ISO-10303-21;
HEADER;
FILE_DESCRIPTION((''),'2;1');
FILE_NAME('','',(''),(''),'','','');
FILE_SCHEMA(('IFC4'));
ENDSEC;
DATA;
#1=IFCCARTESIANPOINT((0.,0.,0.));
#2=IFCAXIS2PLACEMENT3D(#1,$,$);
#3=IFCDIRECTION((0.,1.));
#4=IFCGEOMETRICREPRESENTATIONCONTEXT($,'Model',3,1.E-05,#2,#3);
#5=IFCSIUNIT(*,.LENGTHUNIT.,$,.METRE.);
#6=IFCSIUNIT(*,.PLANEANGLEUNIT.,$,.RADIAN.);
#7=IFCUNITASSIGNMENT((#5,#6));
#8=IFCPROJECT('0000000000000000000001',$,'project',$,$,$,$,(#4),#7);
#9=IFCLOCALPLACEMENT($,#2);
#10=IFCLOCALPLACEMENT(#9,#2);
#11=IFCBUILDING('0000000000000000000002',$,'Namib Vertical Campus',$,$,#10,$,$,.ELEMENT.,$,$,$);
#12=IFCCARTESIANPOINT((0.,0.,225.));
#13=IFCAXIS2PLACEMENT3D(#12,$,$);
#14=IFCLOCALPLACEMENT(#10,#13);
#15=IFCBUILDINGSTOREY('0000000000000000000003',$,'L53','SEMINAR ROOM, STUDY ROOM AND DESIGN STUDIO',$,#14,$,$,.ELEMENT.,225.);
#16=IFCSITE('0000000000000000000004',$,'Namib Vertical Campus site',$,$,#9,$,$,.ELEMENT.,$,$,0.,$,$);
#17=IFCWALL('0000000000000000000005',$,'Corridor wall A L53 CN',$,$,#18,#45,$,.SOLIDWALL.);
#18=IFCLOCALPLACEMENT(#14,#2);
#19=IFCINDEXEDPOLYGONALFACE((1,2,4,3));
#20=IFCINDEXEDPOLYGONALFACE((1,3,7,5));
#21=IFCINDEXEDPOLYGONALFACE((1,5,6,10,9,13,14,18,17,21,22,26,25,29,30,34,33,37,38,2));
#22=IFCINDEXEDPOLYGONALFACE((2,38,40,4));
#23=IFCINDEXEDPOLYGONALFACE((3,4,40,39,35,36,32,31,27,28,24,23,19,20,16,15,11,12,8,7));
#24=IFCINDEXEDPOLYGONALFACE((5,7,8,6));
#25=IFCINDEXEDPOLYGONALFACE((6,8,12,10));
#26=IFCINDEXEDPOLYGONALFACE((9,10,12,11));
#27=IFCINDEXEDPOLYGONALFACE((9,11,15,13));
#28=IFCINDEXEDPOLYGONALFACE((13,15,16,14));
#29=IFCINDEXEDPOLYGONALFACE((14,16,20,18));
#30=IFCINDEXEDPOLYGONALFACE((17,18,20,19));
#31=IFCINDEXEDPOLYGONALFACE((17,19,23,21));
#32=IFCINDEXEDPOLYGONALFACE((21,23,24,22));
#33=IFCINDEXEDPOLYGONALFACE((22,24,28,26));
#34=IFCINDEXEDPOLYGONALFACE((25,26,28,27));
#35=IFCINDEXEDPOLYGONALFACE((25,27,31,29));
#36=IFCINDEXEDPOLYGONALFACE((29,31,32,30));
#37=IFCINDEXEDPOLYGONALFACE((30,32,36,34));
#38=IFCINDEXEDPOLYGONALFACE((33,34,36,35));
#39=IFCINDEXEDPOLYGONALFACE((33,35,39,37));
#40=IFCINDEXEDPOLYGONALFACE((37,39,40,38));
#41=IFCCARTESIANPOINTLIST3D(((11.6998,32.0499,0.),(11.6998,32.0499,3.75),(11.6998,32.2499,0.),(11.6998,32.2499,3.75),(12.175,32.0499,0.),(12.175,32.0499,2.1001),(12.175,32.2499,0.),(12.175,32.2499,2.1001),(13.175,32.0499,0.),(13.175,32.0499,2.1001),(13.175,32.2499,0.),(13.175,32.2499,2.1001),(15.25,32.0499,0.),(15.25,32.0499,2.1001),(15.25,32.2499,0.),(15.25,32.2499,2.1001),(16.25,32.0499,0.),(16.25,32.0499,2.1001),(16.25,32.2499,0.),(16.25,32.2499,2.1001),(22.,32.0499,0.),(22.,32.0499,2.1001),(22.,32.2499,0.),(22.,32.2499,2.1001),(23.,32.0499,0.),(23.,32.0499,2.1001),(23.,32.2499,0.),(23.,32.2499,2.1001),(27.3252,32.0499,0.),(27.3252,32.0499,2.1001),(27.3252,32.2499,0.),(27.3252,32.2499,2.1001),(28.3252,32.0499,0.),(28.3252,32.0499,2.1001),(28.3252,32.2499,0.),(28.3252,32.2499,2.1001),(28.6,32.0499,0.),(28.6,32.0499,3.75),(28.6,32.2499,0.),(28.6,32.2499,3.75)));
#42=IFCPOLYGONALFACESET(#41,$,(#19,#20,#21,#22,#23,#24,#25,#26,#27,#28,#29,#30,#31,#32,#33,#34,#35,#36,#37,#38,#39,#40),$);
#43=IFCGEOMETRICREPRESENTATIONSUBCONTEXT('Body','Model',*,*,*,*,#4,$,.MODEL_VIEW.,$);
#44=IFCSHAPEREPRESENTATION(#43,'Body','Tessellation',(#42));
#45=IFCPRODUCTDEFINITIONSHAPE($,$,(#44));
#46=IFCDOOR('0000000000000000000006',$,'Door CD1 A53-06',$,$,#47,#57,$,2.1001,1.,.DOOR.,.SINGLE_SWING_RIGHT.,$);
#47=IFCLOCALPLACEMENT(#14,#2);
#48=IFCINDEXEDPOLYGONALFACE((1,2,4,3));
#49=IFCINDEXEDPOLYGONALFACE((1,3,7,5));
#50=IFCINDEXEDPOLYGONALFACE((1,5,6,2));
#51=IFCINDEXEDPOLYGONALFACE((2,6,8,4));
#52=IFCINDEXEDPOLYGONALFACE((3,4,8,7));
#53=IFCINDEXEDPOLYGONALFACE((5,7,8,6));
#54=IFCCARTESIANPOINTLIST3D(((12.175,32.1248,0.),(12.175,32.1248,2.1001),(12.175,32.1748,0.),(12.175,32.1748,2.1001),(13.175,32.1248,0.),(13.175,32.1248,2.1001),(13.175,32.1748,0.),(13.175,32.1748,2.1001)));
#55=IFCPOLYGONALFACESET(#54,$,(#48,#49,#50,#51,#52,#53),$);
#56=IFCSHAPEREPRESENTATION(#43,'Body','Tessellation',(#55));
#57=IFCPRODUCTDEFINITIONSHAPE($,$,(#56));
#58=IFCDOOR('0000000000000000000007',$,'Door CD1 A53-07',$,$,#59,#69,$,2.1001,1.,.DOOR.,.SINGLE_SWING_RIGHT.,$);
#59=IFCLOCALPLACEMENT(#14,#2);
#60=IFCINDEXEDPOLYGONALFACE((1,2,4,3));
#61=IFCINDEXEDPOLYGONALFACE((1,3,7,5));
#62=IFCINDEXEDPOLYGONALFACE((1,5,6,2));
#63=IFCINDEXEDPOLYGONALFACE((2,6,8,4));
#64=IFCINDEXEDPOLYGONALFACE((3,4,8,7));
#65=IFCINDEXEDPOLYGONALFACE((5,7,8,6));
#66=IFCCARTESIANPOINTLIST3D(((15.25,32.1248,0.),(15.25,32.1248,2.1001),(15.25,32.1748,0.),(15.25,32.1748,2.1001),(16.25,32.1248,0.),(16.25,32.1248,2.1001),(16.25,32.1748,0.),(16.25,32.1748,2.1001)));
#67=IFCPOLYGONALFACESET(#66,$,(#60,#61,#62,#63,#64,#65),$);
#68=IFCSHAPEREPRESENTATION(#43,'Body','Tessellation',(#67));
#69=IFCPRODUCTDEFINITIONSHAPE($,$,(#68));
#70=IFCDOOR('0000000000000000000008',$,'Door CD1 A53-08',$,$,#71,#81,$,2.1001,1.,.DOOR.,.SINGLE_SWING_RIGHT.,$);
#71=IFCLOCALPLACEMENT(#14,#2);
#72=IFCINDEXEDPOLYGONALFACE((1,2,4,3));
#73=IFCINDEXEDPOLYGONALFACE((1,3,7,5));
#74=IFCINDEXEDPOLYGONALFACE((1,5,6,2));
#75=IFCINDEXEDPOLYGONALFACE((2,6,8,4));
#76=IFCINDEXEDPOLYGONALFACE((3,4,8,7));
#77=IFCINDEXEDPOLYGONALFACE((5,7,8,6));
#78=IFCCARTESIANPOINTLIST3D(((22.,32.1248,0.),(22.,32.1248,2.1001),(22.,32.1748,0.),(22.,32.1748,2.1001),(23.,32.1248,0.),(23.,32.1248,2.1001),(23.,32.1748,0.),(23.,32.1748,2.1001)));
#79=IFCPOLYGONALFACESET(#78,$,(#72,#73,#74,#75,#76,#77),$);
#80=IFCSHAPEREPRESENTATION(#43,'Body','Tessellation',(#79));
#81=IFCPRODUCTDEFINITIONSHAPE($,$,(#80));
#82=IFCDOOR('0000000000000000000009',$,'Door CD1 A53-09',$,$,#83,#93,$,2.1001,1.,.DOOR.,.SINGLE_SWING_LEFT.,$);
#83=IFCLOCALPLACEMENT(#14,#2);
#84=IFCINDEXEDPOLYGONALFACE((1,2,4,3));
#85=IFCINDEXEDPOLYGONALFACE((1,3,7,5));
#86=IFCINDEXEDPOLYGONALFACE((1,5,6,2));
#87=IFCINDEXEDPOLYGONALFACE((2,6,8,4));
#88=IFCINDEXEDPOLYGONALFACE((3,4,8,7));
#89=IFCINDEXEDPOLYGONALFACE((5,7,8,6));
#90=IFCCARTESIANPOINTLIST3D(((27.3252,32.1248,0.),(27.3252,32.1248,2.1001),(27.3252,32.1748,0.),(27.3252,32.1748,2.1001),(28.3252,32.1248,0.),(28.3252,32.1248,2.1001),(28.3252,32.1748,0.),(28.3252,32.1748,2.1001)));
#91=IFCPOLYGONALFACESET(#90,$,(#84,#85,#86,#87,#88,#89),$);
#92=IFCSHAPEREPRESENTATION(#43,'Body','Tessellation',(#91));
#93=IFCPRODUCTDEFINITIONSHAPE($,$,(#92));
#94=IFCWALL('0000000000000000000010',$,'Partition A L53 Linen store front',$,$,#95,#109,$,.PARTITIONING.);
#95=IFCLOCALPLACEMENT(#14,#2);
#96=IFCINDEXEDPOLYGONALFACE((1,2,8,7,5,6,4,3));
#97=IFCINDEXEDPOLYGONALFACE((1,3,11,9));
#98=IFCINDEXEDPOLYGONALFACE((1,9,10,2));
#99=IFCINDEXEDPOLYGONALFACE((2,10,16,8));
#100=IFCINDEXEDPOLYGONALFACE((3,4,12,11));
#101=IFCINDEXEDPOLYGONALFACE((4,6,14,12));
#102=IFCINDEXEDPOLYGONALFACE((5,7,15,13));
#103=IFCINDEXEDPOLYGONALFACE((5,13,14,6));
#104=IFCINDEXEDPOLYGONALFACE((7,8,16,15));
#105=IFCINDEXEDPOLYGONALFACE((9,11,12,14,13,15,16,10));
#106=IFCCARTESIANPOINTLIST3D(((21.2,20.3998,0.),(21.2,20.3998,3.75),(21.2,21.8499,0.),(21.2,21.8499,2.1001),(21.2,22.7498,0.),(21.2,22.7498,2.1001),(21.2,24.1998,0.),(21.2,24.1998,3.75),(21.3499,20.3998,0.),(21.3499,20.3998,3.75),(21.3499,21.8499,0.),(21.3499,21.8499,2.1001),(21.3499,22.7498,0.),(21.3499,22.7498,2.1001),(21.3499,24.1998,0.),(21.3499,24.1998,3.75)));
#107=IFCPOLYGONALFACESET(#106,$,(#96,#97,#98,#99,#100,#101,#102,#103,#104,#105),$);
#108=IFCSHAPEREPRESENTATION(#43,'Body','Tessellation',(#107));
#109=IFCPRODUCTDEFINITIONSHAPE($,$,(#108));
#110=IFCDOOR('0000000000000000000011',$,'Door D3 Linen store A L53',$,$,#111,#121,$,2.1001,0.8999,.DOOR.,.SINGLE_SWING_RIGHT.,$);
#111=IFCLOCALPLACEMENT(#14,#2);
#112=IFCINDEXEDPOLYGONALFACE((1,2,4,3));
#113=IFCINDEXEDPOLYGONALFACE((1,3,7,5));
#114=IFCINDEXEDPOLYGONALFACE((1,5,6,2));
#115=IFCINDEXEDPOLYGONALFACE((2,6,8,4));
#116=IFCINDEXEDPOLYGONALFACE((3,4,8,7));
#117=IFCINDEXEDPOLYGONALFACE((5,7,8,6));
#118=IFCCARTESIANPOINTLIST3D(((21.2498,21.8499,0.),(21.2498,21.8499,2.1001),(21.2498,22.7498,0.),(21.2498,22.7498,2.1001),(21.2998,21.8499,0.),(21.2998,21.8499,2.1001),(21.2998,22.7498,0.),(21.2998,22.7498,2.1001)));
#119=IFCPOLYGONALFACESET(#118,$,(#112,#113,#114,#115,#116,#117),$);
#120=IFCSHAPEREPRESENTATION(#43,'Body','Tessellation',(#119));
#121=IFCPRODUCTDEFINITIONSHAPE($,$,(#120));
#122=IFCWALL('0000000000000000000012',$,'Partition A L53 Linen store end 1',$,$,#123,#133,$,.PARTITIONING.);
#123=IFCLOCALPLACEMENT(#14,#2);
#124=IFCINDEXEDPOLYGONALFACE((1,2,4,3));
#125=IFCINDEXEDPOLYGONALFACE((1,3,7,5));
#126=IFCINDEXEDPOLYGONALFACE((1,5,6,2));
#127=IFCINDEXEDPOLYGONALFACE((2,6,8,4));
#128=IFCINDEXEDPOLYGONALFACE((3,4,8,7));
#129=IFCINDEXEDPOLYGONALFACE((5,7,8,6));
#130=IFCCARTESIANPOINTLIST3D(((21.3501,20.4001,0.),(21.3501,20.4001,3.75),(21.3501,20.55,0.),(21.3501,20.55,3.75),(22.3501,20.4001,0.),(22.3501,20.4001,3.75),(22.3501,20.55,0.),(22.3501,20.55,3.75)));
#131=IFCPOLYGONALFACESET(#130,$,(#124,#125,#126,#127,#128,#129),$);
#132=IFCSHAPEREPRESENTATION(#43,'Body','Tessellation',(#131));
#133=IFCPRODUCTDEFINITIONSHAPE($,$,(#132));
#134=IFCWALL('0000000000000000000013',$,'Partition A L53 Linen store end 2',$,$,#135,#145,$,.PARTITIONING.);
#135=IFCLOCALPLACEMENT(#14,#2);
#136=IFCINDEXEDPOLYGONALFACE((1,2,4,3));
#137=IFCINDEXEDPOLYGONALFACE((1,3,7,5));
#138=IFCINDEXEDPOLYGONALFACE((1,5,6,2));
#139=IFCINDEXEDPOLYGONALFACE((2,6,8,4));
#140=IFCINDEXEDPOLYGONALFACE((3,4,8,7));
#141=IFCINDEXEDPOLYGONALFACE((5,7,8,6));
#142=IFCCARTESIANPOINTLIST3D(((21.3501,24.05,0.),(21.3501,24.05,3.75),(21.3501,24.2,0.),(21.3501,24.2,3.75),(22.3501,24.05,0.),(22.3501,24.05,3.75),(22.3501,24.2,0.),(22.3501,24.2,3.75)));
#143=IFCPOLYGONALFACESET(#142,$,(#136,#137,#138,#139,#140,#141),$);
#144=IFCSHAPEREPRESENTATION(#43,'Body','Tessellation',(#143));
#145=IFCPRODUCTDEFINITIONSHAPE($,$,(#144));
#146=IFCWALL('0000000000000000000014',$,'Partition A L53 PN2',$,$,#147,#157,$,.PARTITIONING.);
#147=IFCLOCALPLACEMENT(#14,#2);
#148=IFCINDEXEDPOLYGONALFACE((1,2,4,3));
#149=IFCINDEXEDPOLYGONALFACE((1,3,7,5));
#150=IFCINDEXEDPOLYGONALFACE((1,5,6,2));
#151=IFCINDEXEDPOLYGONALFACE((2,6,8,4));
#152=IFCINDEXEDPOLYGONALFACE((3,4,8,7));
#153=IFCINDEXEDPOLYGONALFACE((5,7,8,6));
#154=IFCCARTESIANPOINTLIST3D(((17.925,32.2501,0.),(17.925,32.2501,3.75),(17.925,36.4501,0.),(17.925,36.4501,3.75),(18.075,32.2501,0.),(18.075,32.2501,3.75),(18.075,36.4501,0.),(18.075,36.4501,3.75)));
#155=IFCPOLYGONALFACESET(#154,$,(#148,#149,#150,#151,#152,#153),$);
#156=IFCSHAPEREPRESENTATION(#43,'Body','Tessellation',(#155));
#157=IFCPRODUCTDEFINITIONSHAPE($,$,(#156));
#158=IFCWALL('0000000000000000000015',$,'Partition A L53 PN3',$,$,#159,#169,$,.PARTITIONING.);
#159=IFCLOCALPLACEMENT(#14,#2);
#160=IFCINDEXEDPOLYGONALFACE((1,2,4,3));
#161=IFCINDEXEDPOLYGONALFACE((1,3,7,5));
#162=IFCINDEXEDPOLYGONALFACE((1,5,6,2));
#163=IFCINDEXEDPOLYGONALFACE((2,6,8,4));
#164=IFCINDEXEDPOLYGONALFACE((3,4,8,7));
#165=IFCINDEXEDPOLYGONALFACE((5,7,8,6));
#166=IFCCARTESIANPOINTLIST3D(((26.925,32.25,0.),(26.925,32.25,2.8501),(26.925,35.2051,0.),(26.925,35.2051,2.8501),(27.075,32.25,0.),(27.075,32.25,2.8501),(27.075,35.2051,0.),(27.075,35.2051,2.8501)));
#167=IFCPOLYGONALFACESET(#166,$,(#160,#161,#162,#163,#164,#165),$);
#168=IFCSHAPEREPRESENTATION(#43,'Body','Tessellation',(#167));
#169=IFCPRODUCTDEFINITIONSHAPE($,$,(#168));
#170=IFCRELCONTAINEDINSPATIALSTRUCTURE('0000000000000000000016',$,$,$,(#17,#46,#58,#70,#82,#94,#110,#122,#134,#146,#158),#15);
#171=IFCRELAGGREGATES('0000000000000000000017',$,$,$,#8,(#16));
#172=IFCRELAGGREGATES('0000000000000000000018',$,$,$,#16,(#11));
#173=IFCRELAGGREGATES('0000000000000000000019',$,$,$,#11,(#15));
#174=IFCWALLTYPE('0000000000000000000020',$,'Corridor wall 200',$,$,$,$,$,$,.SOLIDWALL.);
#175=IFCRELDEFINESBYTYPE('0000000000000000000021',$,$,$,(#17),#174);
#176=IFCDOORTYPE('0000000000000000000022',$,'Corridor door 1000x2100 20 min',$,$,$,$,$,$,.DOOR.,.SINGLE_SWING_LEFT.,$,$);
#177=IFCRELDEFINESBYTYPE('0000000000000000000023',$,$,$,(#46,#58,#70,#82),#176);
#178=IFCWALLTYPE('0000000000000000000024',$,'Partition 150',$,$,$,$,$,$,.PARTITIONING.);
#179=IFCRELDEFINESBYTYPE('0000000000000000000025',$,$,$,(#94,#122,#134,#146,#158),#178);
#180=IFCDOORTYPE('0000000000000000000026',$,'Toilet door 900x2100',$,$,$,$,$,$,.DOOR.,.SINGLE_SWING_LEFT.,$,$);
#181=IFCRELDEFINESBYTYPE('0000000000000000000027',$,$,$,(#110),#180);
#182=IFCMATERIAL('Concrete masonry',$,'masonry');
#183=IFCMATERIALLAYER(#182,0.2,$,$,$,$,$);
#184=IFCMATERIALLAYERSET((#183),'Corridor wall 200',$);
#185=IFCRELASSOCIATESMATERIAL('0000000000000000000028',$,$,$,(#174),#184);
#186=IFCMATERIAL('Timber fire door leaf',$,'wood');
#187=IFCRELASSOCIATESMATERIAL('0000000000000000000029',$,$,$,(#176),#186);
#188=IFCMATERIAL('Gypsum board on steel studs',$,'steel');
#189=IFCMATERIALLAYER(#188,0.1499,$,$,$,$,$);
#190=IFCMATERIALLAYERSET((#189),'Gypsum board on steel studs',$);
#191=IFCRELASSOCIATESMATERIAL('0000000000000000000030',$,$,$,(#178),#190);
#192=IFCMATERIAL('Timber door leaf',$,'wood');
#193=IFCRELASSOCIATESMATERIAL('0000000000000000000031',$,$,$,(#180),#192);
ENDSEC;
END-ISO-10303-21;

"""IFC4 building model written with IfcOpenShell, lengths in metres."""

from ifc_helpers import new_model, si_unit, direction, frame, frame_2d, origin, place, context, subcontext, project, spatial, rectangle, extrude, material, layer, layer_set, type_object, element, fill, save


model = new_model("IFC4")

# Units and contexts
model_context = context("Model", 3, precision=1e-05, world=origin(), true_north=direction((0.0, 1.0)))
body_context = subcontext(model_context, "Body", "Model", "MODEL_VIEW")
ifc_project = project(units=[si_unit("LENGTHUNIT", "METRE"), si_unit("PLANEANGLEUNIT", "RADIAN")], contexts=[model_context])

# Site, building, storey
site_placement = place(None, origin())
site = spatial("IfcSite", under=ifc_project, at=site_placement, Name="Namib Vertical Campus site", CompositionType="ELEMENT", RefElevation=0.0)
building_placement = place(site_placement, origin())
building = spatial("IfcBuilding", under=site, at=building_placement, Name="Namib Vertical Campus", CompositionType="ELEMENT")
storey_placement = place(building_placement, frame((0.0, 0.0, 225.0)))
storey = spatial("IfcBuildingStorey", under=building, at=storey_placement, Name="L53", Description="SEMINAR ROOM, STUDY ROOM AND DESIGN STUDIO", CompositionType="ELEMENT", Elevation=225.0)

# Wall, openings, doors
ifc_material_1 = material(Name="Concrete masonry", Category="masonry")
ifc_layer_1 = layer(ifc_material_1, 0.2)
ifc_layer_set_1 = layer_set([ifc_layer_1], Name="Corridor wall 200")
wall_type_1 = type_object("IfcWallType", Name="Corridor wall 200", PredefinedType="SOLIDWALL", material=ifc_layer_set_1)
wall_1_placement = place(storey_placement, frame((28.6001, 32.1499, 0.0), z_axis=(0.0, 0.0, 1.0), x_axis=(-1.0, 0.0, 0.0)))
wall_1 = element("IfcWall", 1, at=wall_1_placement, inside=storey, type_object=wall_type_1, Name="Corridor wall A L53 CN", PredefinedType="SOLIDWALL", context=body_context, shape_type="SweptSolid", body=[
    extrude(rectangle(XDim=16.9001, YDim=0.2, at=frame_2d((8.4502, 0.0))), origin(), (0.0, 0.0, 1.0), 3.75),
])
opening_1_placement = place(wall_1_placement, frame((15.425, 0.0, 0.0)))
opening_1 = element("IfcOpeningElement", 2, at=opening_1_placement, cuts=wall_1, PredefinedType="OPENING", context=body_context, shape_type="SweptSolid", body=[
    extrude(rectangle(XDim=1.0, YDim=2.1001, at=frame_2d((0.5, 1.05))), frame((0.0, 0.1099, 0.0), z_axis=(0.0, -1.0, 0.0), x_axis=(1.0, 0.0, 0.0)), (0.0, 0.0, 1.0), 0.22),
])
opening_2_placement = place(wall_1_placement, frame((12.3501, 0.0, 0.0)))
opening_2 = element("IfcOpeningElement", 3, at=opening_2_placement, cuts=wall_1, PredefinedType="OPENING", context=body_context, shape_type="SweptSolid", body=[
    extrude(rectangle(XDim=1.0, YDim=2.1001, at=frame_2d((0.5, 1.05))), frame((0.0, 0.1099, 0.0), z_axis=(0.0, -1.0, 0.0), x_axis=(1.0, 0.0, 0.0)), (0.0, 0.0, 1.0), 0.22),
])
opening_3_placement = place(wall_1_placement, frame((5.6001, 0.0, 0.0)))
opening_3 = element("IfcOpeningElement", 4, at=opening_3_placement, cuts=wall_1, PredefinedType="OPENING", context=body_context, shape_type="SweptSolid", body=[
    extrude(rectangle(XDim=1.0, YDim=2.1001, at=frame_2d((0.5, 1.05))), frame((0.0, 0.1099, 0.0), z_axis=(0.0, -1.0, 0.0), x_axis=(1.0, 0.0, 0.0)), (0.0, 0.0, 1.0), 0.22),
])
opening_4_placement = place(wall_1_placement, frame((0.2749, 0.0, 0.0)))
opening_4 = element("IfcOpeningElement", 5, at=opening_4_placement, cuts=wall_1, PredefinedType="OPENING", context=body_context, shape_type="SweptSolid", body=[
    extrude(rectangle(XDim=1.0, YDim=2.1001, at=frame_2d((0.5, 1.05))), frame((0.0, 0.1099, 0.0), z_axis=(0.0, -1.0, 0.0), x_axis=(1.0, 0.0, 0.0)), (0.0, 0.0, 1.0), 0.22),
])
ifc_material_2 = material(Name="Timber fire door leaf", Category="wood")
door_type_1 = type_object("IfcDoorType", Name="Corridor door 1000x2100 20 min", OperationType="SINGLE_SWING_LEFT", PredefinedType="DOOR", material=ifc_material_2)
door_1_placement = place(opening_1_placement, frame((1.0, 0.0, 0.0), z_axis=(0.0, 0.0, 1.0), x_axis=(-1.0, 0.0, 0.0)))
door_1 = element("IfcDoor", 6, at=door_1_placement, inside=storey, type_object=door_type_1, Name="Door CD1 A53-06", OperationType="SINGLE_SWING_RIGHT", OverallHeight=2.1001, OverallWidth=1.0, PredefinedType="DOOR", context=body_context, shape_type="SweptSolid", body=[
    extrude(rectangle(XDim=1.0, YDim=2.1001, at=frame_2d((0.5, 1.05))), frame((0.0, 0.0249, 0.0), z_axis=(0.0, -1.0, 0.0), x_axis=(1.0, 0.0, 0.0)), (0.0, 0.0, 1.0), 0.05),
])
fill(opening_1, door_1)
door_2_placement = place(opening_2_placement, frame((1.0, 0.0, 0.0), z_axis=(0.0, 0.0, 1.0), x_axis=(-1.0, 0.0, 0.0)))
door_2 = element("IfcDoor", 7, at=door_2_placement, inside=storey, type_object=door_type_1, Name="Door CD1 A53-07", OperationType="SINGLE_SWING_RIGHT", OverallHeight=2.1001, OverallWidth=1.0, PredefinedType="DOOR", context=body_context, shape_type="SweptSolid", body=[
    extrude(rectangle(XDim=1.0, YDim=2.1001, at=frame_2d((0.5, 1.05))), frame((0.0, 0.0249, 0.0), z_axis=(0.0, -1.0, 0.0), x_axis=(1.0, 0.0, 0.0)), (0.0, 0.0, 1.0), 0.05),
])
fill(opening_2, door_2)
door_3_placement = place(opening_3_placement, frame((1.0, 0.0, 0.0), z_axis=(0.0, 0.0, 1.0), x_axis=(-1.0, 0.0, 0.0)))
door_3 = element("IfcDoor", 8, at=door_3_placement, inside=storey, type_object=door_type_1, Name="Door CD1 A53-08", OperationType="SINGLE_SWING_RIGHT", OverallHeight=2.1001, OverallWidth=1.0, PredefinedType="DOOR", context=body_context, shape_type="SweptSolid", body=[
    extrude(rectangle(XDim=1.0, YDim=2.1001, at=frame_2d((0.5, 1.05))), frame((0.0, 0.0249, 0.0), z_axis=(0.0, -1.0, 0.0), x_axis=(1.0, 0.0, 0.0)), (0.0, 0.0, 1.0), 0.05),
])
fill(opening_3, door_3)
door_4_placement = place(opening_4_placement, frame((1.0, 0.0, 0.0), z_axis=(0.0, 0.0, 1.0), x_axis=(-1.0, 0.0, 0.0)))
door_4 = element("IfcDoor", 9, at=door_4_placement, inside=storey, type_object=door_type_1, Name="Door CD1 A53-09", OperationType="SINGLE_SWING_LEFT", OverallHeight=2.1001, OverallWidth=1.0, PredefinedType="DOOR", context=body_context, shape_type="SweptSolid", body=[
    extrude(rectangle(XDim=1.0, YDim=2.1001, at=frame_2d((0.5, 1.05))), frame((0.0, 0.0249, 0.0), z_axis=(0.0, -1.0, 0.0), x_axis=(1.0, 0.0, 0.0)), (0.0, 0.0, 1.0), 0.05),
])
fill(opening_4, door_4)

# Wall, opening, door
ifc_material_3 = material(Name="Gypsum board on steel studs", Category="steel")
ifc_layer_2 = layer(ifc_material_3, 0.1499)
ifc_layer_set_2 = layer_set([ifc_layer_2], Name="Gypsum board on steel studs")
wall_type_2 = type_object("IfcWallType", Name="Partition 150", PredefinedType="PARTITIONING", material=ifc_layer_set_2)
wall_2_placement = place(storey_placement, frame((21.2749, 20.3999, 0.0), z_axis=(0.0, 0.0, 1.0), x_axis=(0.0, 1.0, 0.0)))
wall_2 = element("IfcWall", 10, at=wall_2_placement, inside=storey, type_object=wall_type_2, Name="Partition A L53 Linen store front", PredefinedType="PARTITIONING", context=body_context, shape_type="SweptSolid", body=[
    extrude(rectangle(XDim=3.8, YDim=0.1499, at=frame_2d((1.8999, 0.0))), origin(), (0.0, 0.0, 1.0), 3.75),
])
opening_5_placement = place(wall_2_placement, frame((1.45, 0.0, 0.0)))
opening_5 = element("IfcOpeningElement", 11, at=opening_5_placement, cuts=wall_2, PredefinedType="OPENING", context=body_context, shape_type="SweptSolid", body=[
    extrude(rectangle(XDim=0.8999, YDim=2.1001, at=frame_2d((0.45, 1.05))), frame((0.0, 0.085, 0.0), z_axis=(0.0, -1.0, 0.0), x_axis=(1.0, 0.0, 0.0)), (0.0, 0.0, 1.0), 0.1699),
])
ifc_material_4 = material(Name="Timber door leaf", Category="wood")
door_type_2 = type_object("IfcDoorType", Name="Toilet door 900x2100", OperationType="SINGLE_SWING_LEFT", PredefinedType="DOOR", material=ifc_material_4)
door_5_placement = place(opening_5_placement, frame((0.8999, 0.0, 0.0), z_axis=(0.0, 0.0, 1.0), x_axis=(-1.0, 0.0, 0.0)))
door_5 = element("IfcDoor", 12, at=door_5_placement, inside=storey, type_object=door_type_2, Name="Door D3 Linen store A L53", OperationType="SINGLE_SWING_RIGHT", OverallHeight=2.1001, OverallWidth=0.8999, PredefinedType="DOOR", context=body_context, shape_type="SweptSolid", body=[
    extrude(rectangle(XDim=0.8999, YDim=2.1001, at=frame_2d((0.45, 1.05))), frame((0.0, 0.0249, 0.0), z_axis=(0.0, -1.0, 0.0), x_axis=(1.0, 0.0, 0.0)), (0.0, 0.0, 1.0), 0.05),
])
fill(opening_5, door_5)

# Walls
for number, where, z_axis, x_axis, name in (
    (13, (21.3501, 20.4751, 0.0), (0.0, 0.0, 1.0), (1.0, 0.0, 0.0), "Partition A L53 Linen store end 1"),
    (14, (21.3501, 24.125, 0.0), (0.0, 0.0, 1.0), (1.0, 0.0, 0.0), "Partition A L53 Linen store end 2"),
):
    element("IfcWall", number, at=place(storey_placement, frame(where, z_axis=z_axis, x_axis=x_axis)), inside=storey, type_object=wall_type_2, Name=name, PredefinedType="PARTITIONING", context=body_context, shape_type="SweptSolid", body=[
        extrude(rectangle(XDim=1.0, YDim=0.1499, at=frame_2d((0.5, 0.0))), origin(), (0.0, 0.0, 1.0), 3.75),
    ])
wall_3_placement = place(storey_placement, frame((18.0, 32.25, 0.0), z_axis=(0.0, 0.0, 1.0), x_axis=(0.0, 1.0, 0.0)))
element("IfcWall", 15, at=wall_3_placement, inside=storey, type_object=wall_type_2, Name="Partition A L53 PN2", PredefinedType="PARTITIONING", context=body_context, shape_type="SweptSolid", body=[
    extrude(rectangle(XDim=4.2, YDim=0.1499, at=frame_2d((2.1001, 0.0))), origin(), (0.0, 0.0, 1.0), 3.75),
])
wall_4_placement = place(storey_placement, frame((27.0, 32.25, 0.0), z_axis=(0.0, 0.0, 1.0), x_axis=(0.0, 1.0, 0.0)))
element("IfcWall", 16, at=wall_4_placement, inside=storey, type_object=wall_type_2, Name="Partition A L53 PN3", PredefinedType="PARTITIONING", context=body_context, shape_type="SweptSolid", body=[
    extrude(rectangle(XDim=2.9551, YDim=0.1499, at=frame_2d((1.4775, 0.0))), origin(), (0.0, 0.0, 1.0), 2.8501),
])

save(model, "model.ifc")
